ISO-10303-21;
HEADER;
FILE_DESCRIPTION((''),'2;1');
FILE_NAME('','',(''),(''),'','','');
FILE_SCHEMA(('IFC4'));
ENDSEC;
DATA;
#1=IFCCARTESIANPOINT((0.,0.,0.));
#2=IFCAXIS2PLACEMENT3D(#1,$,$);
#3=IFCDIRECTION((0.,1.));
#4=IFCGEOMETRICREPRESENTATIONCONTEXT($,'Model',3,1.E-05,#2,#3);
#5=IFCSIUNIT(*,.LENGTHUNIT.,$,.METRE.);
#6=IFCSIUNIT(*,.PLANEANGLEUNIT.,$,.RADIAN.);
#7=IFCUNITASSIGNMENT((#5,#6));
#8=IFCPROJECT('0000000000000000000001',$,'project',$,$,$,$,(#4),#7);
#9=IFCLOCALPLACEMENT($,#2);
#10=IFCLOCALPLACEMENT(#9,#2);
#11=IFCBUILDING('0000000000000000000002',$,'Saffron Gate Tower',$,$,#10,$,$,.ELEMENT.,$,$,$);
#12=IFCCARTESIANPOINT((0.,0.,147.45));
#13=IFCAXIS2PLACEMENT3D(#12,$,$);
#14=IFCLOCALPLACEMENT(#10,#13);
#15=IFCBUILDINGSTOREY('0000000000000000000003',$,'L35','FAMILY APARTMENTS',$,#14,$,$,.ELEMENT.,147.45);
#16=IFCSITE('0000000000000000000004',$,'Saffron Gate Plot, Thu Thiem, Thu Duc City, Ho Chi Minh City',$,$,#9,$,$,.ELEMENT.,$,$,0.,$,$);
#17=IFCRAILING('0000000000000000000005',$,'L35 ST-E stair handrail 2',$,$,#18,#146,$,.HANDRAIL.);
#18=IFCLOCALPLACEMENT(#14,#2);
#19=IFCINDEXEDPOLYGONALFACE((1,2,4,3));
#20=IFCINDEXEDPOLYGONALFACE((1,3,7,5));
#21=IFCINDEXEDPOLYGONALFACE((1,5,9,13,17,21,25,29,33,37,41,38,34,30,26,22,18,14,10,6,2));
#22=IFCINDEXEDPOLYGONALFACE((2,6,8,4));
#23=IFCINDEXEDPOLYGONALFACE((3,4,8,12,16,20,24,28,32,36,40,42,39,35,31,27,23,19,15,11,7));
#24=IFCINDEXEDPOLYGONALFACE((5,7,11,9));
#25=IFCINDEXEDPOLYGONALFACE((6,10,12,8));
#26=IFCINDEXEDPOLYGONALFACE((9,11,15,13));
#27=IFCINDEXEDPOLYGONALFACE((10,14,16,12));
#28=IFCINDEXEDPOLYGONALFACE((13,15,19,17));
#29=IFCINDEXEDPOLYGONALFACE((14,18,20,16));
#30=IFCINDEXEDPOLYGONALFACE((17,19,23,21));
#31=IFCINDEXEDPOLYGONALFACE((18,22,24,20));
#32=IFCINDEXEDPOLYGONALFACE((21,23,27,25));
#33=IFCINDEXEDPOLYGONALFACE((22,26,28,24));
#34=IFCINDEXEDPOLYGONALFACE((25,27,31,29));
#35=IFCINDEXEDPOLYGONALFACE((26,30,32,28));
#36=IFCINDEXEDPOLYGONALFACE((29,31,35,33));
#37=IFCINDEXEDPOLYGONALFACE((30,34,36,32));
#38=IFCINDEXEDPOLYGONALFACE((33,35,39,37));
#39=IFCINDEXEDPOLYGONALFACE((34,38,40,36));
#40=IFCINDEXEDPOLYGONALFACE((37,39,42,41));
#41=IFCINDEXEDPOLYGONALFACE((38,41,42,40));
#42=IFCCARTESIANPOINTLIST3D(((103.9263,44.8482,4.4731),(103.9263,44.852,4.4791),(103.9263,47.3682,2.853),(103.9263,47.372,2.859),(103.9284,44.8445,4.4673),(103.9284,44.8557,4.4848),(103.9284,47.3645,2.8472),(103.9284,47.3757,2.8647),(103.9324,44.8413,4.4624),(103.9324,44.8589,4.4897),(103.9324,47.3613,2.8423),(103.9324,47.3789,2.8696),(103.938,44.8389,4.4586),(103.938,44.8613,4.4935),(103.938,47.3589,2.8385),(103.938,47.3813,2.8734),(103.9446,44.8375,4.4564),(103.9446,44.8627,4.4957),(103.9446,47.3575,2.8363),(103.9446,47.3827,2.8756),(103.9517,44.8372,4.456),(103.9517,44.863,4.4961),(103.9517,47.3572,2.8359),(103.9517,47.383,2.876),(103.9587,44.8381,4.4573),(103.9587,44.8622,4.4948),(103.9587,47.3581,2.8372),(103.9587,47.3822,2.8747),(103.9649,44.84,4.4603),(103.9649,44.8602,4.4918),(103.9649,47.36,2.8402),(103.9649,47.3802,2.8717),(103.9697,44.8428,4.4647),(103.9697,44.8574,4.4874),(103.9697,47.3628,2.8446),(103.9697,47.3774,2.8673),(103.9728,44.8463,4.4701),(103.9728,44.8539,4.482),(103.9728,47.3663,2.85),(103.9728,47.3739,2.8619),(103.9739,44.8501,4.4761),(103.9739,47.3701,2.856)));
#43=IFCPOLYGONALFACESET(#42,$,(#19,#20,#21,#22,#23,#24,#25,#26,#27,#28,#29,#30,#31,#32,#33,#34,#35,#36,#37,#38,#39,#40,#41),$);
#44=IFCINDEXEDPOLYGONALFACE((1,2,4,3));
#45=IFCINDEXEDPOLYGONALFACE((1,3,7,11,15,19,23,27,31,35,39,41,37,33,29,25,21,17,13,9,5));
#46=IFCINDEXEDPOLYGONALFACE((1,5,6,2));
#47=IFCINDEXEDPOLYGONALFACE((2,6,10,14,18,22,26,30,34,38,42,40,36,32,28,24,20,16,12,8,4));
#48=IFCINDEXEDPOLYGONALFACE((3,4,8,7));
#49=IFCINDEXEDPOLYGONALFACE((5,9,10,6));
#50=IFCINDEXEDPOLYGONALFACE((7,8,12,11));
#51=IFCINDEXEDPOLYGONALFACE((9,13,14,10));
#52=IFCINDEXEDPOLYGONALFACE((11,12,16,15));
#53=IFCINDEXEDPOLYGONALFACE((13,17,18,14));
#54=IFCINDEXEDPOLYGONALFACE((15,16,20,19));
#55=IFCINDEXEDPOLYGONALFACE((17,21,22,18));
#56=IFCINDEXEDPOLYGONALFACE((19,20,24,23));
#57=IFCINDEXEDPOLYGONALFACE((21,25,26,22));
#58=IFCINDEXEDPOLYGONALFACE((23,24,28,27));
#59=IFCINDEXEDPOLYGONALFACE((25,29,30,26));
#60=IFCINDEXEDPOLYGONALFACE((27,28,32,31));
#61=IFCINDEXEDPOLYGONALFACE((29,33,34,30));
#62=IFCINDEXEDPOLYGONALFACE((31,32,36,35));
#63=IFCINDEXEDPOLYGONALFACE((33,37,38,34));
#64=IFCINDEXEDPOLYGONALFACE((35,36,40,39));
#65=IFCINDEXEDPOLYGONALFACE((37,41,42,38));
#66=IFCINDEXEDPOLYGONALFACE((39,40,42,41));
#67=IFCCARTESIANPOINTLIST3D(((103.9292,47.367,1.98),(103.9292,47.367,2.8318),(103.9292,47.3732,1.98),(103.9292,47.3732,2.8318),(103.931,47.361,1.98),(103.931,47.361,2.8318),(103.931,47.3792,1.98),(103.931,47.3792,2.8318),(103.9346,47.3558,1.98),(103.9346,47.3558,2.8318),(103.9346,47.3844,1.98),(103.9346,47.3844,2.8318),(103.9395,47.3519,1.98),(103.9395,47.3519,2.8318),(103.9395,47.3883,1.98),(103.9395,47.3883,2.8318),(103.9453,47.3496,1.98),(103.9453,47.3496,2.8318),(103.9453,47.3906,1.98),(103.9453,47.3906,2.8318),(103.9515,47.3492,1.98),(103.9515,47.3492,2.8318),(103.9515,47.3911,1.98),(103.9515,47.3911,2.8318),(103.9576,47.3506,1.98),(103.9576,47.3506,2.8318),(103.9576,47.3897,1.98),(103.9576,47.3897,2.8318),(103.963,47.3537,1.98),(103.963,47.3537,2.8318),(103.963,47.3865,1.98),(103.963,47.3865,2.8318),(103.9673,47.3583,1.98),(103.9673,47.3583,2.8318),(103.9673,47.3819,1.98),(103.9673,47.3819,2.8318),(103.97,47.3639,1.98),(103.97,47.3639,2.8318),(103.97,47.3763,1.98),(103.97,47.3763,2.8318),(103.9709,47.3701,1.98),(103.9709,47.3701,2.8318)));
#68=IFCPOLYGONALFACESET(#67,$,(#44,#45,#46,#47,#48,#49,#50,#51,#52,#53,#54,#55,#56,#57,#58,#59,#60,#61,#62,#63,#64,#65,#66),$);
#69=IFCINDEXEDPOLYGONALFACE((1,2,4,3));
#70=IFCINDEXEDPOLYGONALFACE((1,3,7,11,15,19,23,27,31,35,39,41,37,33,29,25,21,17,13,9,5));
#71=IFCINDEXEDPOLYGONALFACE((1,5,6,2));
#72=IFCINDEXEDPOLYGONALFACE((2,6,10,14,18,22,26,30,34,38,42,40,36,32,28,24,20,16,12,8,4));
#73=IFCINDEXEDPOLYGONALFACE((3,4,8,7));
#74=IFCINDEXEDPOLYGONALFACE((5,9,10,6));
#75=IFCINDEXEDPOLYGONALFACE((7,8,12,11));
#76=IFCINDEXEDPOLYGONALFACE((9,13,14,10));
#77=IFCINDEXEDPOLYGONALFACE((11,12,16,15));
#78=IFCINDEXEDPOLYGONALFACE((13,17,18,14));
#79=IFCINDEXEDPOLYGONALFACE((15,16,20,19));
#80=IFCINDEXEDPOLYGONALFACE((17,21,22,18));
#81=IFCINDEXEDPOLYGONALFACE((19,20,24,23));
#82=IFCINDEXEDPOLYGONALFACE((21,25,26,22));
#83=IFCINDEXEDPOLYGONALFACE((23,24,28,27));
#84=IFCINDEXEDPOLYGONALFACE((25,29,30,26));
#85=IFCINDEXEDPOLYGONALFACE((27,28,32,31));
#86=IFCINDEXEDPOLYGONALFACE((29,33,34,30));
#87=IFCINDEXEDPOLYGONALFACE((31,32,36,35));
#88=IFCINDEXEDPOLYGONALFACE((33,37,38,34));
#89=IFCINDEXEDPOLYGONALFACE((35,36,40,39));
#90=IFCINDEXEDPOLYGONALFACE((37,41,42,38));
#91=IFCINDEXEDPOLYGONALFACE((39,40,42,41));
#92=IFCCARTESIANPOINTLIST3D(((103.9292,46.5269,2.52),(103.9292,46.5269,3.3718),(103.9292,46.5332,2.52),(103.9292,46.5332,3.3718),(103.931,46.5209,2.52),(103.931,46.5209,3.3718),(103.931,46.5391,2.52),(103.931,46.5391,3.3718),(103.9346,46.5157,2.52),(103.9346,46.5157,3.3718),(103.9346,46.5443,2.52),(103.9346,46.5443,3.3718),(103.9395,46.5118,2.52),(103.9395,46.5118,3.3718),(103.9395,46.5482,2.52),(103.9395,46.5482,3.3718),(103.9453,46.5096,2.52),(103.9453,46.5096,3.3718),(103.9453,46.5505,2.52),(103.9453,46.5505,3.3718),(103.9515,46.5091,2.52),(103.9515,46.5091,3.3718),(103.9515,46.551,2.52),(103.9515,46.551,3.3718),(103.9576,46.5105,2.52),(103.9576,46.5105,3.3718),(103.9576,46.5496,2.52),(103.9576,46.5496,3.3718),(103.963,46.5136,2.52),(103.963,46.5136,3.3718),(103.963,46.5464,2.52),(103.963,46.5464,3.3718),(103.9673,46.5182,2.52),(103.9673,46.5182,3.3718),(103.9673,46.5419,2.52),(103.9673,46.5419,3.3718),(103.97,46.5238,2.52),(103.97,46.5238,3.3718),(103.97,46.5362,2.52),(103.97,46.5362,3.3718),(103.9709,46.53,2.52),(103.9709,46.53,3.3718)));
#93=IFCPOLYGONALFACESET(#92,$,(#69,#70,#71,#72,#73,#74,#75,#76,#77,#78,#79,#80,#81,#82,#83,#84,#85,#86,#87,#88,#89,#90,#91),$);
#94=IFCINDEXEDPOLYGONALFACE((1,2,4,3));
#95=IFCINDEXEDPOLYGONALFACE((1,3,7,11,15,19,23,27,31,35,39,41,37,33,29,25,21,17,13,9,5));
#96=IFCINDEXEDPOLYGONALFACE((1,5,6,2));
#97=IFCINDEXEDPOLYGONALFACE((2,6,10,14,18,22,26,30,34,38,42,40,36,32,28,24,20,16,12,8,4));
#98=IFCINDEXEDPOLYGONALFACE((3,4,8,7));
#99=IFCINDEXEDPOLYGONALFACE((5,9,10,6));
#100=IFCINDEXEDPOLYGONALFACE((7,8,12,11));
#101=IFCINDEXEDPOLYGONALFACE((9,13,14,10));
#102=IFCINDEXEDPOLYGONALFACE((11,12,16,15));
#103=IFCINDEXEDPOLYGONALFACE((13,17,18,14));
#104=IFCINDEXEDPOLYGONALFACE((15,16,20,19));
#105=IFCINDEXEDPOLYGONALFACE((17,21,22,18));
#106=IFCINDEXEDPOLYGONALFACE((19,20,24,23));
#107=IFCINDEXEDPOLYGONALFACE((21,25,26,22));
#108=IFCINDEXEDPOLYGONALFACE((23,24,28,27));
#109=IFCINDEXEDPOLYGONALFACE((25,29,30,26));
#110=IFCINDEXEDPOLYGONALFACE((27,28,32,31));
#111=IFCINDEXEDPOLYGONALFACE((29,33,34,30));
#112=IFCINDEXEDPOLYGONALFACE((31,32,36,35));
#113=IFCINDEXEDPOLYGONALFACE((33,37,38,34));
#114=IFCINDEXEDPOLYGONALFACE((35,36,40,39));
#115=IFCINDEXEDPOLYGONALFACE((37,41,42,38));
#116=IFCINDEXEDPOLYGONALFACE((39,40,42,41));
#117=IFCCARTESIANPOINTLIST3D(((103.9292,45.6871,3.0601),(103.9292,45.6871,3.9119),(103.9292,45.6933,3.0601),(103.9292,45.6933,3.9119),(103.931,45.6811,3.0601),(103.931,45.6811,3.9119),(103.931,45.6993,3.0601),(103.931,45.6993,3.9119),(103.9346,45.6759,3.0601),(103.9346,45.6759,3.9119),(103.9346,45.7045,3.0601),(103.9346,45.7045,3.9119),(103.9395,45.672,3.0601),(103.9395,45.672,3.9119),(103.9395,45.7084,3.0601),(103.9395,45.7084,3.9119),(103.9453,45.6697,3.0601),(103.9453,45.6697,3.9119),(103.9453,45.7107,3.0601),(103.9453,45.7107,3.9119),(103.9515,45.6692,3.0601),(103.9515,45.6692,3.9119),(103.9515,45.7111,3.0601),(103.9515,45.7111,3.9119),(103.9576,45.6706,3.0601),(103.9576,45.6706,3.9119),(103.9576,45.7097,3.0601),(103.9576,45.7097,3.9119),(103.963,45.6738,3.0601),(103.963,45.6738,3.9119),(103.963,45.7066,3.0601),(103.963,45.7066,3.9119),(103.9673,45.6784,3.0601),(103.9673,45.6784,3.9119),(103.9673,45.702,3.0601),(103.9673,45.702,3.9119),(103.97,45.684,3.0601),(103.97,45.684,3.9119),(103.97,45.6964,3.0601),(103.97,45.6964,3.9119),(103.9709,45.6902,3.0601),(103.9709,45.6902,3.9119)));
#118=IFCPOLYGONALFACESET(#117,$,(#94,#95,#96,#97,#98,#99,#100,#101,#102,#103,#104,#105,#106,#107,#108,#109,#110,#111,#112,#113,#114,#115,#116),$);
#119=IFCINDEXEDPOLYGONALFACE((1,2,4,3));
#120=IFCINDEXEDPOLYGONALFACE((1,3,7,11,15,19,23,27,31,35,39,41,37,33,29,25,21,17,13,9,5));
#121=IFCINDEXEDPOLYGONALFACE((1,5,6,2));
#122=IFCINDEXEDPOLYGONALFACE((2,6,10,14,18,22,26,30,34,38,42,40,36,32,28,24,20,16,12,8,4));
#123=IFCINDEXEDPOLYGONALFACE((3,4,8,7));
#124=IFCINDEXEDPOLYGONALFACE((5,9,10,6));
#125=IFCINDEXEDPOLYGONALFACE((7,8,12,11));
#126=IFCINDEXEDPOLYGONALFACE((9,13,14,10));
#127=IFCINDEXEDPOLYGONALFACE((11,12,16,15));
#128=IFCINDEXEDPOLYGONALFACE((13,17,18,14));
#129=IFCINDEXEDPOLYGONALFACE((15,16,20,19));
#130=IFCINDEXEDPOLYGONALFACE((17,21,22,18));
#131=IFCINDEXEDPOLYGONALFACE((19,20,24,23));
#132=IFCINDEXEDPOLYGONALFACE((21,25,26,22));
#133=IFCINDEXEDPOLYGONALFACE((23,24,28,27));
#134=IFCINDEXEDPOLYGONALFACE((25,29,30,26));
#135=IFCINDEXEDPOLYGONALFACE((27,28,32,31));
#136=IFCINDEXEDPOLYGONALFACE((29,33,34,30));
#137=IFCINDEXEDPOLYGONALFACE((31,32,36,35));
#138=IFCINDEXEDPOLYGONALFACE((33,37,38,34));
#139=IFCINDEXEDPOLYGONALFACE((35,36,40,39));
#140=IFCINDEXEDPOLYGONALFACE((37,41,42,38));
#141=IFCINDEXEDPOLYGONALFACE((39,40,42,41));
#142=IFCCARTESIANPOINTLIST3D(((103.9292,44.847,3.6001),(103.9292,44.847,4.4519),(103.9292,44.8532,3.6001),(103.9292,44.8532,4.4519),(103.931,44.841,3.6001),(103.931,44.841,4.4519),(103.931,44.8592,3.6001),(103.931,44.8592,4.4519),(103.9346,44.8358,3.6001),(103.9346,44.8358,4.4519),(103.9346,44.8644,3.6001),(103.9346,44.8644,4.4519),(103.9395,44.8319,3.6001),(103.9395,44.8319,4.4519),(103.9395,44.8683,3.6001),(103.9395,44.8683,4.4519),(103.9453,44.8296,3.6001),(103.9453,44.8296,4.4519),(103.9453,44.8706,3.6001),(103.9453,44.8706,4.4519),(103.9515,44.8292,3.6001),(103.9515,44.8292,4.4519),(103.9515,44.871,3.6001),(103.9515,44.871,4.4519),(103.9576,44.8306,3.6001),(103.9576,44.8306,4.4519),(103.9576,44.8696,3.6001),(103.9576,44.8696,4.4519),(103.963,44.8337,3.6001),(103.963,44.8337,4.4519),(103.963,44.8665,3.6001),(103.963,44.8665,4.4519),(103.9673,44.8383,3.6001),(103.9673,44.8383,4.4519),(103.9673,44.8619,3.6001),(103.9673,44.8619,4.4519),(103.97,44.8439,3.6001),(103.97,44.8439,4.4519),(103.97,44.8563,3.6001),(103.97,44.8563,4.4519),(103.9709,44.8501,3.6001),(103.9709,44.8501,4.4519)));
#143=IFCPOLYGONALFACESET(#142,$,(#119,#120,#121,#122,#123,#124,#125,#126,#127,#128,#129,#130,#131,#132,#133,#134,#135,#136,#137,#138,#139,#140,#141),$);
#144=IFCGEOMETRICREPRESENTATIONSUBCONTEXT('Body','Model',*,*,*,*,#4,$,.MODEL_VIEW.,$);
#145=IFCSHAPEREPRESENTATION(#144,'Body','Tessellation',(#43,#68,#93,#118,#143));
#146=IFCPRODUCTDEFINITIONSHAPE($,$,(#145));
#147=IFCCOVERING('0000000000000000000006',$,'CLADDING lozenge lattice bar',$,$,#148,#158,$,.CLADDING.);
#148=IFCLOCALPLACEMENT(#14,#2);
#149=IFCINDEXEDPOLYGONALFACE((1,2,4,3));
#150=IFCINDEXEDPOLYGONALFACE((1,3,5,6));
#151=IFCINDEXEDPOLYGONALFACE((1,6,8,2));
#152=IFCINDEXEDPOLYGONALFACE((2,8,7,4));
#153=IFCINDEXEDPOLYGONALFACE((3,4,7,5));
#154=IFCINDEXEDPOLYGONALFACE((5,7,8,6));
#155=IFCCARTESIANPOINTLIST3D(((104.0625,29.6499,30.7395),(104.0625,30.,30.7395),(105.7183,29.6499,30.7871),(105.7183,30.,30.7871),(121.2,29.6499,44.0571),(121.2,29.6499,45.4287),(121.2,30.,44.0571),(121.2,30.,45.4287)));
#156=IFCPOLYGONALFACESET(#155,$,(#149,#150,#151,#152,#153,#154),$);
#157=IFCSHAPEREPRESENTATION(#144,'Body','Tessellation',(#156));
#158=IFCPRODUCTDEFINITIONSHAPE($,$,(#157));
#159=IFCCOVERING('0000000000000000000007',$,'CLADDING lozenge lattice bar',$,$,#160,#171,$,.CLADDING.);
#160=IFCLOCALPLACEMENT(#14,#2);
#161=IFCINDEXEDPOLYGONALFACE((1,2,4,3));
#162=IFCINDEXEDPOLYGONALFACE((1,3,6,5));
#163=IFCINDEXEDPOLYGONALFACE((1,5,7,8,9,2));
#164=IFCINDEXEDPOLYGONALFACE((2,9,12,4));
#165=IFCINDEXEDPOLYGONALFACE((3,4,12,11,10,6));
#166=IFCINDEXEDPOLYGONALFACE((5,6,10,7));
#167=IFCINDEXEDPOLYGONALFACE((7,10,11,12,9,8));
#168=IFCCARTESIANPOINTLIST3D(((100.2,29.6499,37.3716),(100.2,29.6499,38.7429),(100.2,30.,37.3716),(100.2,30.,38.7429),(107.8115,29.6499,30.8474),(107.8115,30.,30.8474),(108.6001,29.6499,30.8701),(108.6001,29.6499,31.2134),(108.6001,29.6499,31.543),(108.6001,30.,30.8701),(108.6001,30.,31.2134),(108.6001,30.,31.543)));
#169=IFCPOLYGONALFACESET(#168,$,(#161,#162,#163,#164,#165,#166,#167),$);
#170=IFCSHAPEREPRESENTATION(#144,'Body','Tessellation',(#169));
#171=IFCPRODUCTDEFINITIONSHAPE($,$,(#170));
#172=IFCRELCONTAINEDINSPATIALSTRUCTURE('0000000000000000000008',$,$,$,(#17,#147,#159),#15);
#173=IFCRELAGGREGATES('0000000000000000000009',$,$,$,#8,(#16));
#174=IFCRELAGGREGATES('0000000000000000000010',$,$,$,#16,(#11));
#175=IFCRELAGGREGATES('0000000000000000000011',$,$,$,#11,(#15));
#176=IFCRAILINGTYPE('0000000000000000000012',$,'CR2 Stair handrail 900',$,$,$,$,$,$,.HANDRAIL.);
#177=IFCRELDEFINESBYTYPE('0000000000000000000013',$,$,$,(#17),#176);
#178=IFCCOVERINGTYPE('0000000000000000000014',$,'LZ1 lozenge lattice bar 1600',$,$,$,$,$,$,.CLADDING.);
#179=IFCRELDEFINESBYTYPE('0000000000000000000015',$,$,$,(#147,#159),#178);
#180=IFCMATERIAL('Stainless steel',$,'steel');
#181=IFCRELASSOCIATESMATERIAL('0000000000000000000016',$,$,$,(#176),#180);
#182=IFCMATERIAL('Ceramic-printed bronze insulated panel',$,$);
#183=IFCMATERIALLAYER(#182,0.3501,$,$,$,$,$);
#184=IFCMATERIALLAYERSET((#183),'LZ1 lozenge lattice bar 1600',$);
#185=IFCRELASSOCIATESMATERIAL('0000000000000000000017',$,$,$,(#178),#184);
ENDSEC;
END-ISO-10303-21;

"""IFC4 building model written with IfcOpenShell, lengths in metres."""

from ifc_helpers import new_model, si_unit, direction, frame, origin, origin_2d, place, context, subcontext, project, spatial, polyline, circle, outline, extrude, material, layer, layer_set, type_object, element, save


model = new_model("IFC4")

# Units and contexts
model_context = context("Model", 3, precision=1e-05, world=origin(), true_north=direction((0.0, 1.0)))
body_context = subcontext(model_context, "Body", "Model", "MODEL_VIEW")
ifc_project = project(units=[si_unit("LENGTHUNIT", "METRE"), si_unit("PLANEANGLEUNIT", "RADIAN")], contexts=[model_context])

# Site, building, storey
site_placement = place(None, origin())
site = spatial("IfcSite", under=ifc_project, at=site_placement, Name="Saffron Gate Plot, Thu Thiem, Thu Duc City, Ho Chi Minh City", CompositionType="ELEMENT", RefElevation=0.0)
building_placement = place(site_placement, origin())
building = spatial("IfcBuilding", under=site, at=building_placement, Name="Saffron Gate Tower", CompositionType="ELEMENT")
storey_placement = place(building_placement, frame((0.0, 0.0, 147.45)))
storey = spatial("IfcBuildingStorey", under=building, at=storey_placement, Name="L35", Description="FAMILY APARTMENTS", CompositionType="ELEMENT", Elevation=147.45)

# Railing
ifc_material_1 = material(Name="Stainless steel", Category="steel")
railing_type_1 = type_object("IfcRailingType", Name="CR2 Stair handrail 900", PredefinedType="HANDRAIL", material=ifc_material_1)
railing_1_placement = place(storey_placement, frame((103.95, 47.3701, 1.98)))
element("IfcRailing", 1, at=railing_1_placement, inside=storey, type_object=railing_type_1, Name="L35 ST-E stair handrail 2", PredefinedType="HANDRAIL", context=body_context, shape_type="SweptSolid", body=[
    extrude(circle(Radius=0.0239, at=origin_2d()), frame((0.0, 0.0, 0.876), z_axis=(0.0, -0.841163, 0.540782), x_axis=(1.0, 0.0, 0.0)), (0.0, 0.0, 1.0), 2.9958),
    extrude(circle(Radius=0.021, at=origin_2d()), origin(), (0.0, 0.0, 1.0), 0.8518),
    extrude(circle(Radius=0.021, at=origin_2d()), frame((0.0, -0.8401, 0.54)), (0.0, 0.0, 1.0), 0.8518),
    extrude(circle(Radius=0.021, at=origin_2d()), frame((0.0, -1.6799, 1.0801)), (0.0, 0.0, 1.0), 0.8518),
    extrude(circle(Radius=0.021, at=origin_2d()), frame((0.0, -2.52, 1.6201)), (0.0, 0.0, 1.0), 0.8518),
])

# Coverings
ifc_material_2 = material(Name="Ceramic-printed bronze insulated panel")
ifc_layer_1 = layer(ifc_material_2, 0.3501)
ifc_layer_set_1 = layer_set([ifc_layer_1], Name="LZ1 lozenge lattice bar 1600")
covering_type = type_object("IfcCoveringType", Name="LZ1 lozenge lattice bar 1600", PredefinedType="CLADDING", material=ifc_layer_set_1)
covering_1_placement = place(storey_placement, frame((104.0625, 29.6499, 30.7395), z_axis=(0.0, -1.0, 0.0), x_axis=(0.999587, 0.0, 0.028741)))
element("IfcCovering", 2, at=covering_1_placement, inside=storey, type_object=covering_type, Name="CLADDING lozenge lattice bar", PredefinedType="CLADDING", context=body_context, shape_type="SweptSolid", body=[
    extrude(outline(polyline([(0.0, 0.0), (1.6564, 0.0), (17.5131, 12.8196), (17.5525, 14.1906), (0.0, 0.0)])), origin(), (0.0, 0.0, -1.0), 0.3501),
])
covering_2_placement = place(storey_placement, frame((107.8115, 29.6499, 30.8474), z_axis=(0.0, -1.0, 0.0), x_axis=(0.999586, 0.0, 0.028781)))
element("IfcCovering", 3, at=covering_2_placement, inside=storey, type_object=covering_type, Name="CLADDING lozenge lattice bar", PredefinedType="CLADDING", context=body_context, shape_type="SweptSolid", body=[
    extrude(outline(polyline([(0.0, 0.0), (0.7889, 0.0), (0.7988, 0.3431), (0.8083, 0.6726), (-7.3812, 8.1113), (-7.4206, 6.7405), (0.0, 0.0)])), origin(), (0.0, 0.0, -1.0), 0.3501),
])

save(model, "model.ifc")
